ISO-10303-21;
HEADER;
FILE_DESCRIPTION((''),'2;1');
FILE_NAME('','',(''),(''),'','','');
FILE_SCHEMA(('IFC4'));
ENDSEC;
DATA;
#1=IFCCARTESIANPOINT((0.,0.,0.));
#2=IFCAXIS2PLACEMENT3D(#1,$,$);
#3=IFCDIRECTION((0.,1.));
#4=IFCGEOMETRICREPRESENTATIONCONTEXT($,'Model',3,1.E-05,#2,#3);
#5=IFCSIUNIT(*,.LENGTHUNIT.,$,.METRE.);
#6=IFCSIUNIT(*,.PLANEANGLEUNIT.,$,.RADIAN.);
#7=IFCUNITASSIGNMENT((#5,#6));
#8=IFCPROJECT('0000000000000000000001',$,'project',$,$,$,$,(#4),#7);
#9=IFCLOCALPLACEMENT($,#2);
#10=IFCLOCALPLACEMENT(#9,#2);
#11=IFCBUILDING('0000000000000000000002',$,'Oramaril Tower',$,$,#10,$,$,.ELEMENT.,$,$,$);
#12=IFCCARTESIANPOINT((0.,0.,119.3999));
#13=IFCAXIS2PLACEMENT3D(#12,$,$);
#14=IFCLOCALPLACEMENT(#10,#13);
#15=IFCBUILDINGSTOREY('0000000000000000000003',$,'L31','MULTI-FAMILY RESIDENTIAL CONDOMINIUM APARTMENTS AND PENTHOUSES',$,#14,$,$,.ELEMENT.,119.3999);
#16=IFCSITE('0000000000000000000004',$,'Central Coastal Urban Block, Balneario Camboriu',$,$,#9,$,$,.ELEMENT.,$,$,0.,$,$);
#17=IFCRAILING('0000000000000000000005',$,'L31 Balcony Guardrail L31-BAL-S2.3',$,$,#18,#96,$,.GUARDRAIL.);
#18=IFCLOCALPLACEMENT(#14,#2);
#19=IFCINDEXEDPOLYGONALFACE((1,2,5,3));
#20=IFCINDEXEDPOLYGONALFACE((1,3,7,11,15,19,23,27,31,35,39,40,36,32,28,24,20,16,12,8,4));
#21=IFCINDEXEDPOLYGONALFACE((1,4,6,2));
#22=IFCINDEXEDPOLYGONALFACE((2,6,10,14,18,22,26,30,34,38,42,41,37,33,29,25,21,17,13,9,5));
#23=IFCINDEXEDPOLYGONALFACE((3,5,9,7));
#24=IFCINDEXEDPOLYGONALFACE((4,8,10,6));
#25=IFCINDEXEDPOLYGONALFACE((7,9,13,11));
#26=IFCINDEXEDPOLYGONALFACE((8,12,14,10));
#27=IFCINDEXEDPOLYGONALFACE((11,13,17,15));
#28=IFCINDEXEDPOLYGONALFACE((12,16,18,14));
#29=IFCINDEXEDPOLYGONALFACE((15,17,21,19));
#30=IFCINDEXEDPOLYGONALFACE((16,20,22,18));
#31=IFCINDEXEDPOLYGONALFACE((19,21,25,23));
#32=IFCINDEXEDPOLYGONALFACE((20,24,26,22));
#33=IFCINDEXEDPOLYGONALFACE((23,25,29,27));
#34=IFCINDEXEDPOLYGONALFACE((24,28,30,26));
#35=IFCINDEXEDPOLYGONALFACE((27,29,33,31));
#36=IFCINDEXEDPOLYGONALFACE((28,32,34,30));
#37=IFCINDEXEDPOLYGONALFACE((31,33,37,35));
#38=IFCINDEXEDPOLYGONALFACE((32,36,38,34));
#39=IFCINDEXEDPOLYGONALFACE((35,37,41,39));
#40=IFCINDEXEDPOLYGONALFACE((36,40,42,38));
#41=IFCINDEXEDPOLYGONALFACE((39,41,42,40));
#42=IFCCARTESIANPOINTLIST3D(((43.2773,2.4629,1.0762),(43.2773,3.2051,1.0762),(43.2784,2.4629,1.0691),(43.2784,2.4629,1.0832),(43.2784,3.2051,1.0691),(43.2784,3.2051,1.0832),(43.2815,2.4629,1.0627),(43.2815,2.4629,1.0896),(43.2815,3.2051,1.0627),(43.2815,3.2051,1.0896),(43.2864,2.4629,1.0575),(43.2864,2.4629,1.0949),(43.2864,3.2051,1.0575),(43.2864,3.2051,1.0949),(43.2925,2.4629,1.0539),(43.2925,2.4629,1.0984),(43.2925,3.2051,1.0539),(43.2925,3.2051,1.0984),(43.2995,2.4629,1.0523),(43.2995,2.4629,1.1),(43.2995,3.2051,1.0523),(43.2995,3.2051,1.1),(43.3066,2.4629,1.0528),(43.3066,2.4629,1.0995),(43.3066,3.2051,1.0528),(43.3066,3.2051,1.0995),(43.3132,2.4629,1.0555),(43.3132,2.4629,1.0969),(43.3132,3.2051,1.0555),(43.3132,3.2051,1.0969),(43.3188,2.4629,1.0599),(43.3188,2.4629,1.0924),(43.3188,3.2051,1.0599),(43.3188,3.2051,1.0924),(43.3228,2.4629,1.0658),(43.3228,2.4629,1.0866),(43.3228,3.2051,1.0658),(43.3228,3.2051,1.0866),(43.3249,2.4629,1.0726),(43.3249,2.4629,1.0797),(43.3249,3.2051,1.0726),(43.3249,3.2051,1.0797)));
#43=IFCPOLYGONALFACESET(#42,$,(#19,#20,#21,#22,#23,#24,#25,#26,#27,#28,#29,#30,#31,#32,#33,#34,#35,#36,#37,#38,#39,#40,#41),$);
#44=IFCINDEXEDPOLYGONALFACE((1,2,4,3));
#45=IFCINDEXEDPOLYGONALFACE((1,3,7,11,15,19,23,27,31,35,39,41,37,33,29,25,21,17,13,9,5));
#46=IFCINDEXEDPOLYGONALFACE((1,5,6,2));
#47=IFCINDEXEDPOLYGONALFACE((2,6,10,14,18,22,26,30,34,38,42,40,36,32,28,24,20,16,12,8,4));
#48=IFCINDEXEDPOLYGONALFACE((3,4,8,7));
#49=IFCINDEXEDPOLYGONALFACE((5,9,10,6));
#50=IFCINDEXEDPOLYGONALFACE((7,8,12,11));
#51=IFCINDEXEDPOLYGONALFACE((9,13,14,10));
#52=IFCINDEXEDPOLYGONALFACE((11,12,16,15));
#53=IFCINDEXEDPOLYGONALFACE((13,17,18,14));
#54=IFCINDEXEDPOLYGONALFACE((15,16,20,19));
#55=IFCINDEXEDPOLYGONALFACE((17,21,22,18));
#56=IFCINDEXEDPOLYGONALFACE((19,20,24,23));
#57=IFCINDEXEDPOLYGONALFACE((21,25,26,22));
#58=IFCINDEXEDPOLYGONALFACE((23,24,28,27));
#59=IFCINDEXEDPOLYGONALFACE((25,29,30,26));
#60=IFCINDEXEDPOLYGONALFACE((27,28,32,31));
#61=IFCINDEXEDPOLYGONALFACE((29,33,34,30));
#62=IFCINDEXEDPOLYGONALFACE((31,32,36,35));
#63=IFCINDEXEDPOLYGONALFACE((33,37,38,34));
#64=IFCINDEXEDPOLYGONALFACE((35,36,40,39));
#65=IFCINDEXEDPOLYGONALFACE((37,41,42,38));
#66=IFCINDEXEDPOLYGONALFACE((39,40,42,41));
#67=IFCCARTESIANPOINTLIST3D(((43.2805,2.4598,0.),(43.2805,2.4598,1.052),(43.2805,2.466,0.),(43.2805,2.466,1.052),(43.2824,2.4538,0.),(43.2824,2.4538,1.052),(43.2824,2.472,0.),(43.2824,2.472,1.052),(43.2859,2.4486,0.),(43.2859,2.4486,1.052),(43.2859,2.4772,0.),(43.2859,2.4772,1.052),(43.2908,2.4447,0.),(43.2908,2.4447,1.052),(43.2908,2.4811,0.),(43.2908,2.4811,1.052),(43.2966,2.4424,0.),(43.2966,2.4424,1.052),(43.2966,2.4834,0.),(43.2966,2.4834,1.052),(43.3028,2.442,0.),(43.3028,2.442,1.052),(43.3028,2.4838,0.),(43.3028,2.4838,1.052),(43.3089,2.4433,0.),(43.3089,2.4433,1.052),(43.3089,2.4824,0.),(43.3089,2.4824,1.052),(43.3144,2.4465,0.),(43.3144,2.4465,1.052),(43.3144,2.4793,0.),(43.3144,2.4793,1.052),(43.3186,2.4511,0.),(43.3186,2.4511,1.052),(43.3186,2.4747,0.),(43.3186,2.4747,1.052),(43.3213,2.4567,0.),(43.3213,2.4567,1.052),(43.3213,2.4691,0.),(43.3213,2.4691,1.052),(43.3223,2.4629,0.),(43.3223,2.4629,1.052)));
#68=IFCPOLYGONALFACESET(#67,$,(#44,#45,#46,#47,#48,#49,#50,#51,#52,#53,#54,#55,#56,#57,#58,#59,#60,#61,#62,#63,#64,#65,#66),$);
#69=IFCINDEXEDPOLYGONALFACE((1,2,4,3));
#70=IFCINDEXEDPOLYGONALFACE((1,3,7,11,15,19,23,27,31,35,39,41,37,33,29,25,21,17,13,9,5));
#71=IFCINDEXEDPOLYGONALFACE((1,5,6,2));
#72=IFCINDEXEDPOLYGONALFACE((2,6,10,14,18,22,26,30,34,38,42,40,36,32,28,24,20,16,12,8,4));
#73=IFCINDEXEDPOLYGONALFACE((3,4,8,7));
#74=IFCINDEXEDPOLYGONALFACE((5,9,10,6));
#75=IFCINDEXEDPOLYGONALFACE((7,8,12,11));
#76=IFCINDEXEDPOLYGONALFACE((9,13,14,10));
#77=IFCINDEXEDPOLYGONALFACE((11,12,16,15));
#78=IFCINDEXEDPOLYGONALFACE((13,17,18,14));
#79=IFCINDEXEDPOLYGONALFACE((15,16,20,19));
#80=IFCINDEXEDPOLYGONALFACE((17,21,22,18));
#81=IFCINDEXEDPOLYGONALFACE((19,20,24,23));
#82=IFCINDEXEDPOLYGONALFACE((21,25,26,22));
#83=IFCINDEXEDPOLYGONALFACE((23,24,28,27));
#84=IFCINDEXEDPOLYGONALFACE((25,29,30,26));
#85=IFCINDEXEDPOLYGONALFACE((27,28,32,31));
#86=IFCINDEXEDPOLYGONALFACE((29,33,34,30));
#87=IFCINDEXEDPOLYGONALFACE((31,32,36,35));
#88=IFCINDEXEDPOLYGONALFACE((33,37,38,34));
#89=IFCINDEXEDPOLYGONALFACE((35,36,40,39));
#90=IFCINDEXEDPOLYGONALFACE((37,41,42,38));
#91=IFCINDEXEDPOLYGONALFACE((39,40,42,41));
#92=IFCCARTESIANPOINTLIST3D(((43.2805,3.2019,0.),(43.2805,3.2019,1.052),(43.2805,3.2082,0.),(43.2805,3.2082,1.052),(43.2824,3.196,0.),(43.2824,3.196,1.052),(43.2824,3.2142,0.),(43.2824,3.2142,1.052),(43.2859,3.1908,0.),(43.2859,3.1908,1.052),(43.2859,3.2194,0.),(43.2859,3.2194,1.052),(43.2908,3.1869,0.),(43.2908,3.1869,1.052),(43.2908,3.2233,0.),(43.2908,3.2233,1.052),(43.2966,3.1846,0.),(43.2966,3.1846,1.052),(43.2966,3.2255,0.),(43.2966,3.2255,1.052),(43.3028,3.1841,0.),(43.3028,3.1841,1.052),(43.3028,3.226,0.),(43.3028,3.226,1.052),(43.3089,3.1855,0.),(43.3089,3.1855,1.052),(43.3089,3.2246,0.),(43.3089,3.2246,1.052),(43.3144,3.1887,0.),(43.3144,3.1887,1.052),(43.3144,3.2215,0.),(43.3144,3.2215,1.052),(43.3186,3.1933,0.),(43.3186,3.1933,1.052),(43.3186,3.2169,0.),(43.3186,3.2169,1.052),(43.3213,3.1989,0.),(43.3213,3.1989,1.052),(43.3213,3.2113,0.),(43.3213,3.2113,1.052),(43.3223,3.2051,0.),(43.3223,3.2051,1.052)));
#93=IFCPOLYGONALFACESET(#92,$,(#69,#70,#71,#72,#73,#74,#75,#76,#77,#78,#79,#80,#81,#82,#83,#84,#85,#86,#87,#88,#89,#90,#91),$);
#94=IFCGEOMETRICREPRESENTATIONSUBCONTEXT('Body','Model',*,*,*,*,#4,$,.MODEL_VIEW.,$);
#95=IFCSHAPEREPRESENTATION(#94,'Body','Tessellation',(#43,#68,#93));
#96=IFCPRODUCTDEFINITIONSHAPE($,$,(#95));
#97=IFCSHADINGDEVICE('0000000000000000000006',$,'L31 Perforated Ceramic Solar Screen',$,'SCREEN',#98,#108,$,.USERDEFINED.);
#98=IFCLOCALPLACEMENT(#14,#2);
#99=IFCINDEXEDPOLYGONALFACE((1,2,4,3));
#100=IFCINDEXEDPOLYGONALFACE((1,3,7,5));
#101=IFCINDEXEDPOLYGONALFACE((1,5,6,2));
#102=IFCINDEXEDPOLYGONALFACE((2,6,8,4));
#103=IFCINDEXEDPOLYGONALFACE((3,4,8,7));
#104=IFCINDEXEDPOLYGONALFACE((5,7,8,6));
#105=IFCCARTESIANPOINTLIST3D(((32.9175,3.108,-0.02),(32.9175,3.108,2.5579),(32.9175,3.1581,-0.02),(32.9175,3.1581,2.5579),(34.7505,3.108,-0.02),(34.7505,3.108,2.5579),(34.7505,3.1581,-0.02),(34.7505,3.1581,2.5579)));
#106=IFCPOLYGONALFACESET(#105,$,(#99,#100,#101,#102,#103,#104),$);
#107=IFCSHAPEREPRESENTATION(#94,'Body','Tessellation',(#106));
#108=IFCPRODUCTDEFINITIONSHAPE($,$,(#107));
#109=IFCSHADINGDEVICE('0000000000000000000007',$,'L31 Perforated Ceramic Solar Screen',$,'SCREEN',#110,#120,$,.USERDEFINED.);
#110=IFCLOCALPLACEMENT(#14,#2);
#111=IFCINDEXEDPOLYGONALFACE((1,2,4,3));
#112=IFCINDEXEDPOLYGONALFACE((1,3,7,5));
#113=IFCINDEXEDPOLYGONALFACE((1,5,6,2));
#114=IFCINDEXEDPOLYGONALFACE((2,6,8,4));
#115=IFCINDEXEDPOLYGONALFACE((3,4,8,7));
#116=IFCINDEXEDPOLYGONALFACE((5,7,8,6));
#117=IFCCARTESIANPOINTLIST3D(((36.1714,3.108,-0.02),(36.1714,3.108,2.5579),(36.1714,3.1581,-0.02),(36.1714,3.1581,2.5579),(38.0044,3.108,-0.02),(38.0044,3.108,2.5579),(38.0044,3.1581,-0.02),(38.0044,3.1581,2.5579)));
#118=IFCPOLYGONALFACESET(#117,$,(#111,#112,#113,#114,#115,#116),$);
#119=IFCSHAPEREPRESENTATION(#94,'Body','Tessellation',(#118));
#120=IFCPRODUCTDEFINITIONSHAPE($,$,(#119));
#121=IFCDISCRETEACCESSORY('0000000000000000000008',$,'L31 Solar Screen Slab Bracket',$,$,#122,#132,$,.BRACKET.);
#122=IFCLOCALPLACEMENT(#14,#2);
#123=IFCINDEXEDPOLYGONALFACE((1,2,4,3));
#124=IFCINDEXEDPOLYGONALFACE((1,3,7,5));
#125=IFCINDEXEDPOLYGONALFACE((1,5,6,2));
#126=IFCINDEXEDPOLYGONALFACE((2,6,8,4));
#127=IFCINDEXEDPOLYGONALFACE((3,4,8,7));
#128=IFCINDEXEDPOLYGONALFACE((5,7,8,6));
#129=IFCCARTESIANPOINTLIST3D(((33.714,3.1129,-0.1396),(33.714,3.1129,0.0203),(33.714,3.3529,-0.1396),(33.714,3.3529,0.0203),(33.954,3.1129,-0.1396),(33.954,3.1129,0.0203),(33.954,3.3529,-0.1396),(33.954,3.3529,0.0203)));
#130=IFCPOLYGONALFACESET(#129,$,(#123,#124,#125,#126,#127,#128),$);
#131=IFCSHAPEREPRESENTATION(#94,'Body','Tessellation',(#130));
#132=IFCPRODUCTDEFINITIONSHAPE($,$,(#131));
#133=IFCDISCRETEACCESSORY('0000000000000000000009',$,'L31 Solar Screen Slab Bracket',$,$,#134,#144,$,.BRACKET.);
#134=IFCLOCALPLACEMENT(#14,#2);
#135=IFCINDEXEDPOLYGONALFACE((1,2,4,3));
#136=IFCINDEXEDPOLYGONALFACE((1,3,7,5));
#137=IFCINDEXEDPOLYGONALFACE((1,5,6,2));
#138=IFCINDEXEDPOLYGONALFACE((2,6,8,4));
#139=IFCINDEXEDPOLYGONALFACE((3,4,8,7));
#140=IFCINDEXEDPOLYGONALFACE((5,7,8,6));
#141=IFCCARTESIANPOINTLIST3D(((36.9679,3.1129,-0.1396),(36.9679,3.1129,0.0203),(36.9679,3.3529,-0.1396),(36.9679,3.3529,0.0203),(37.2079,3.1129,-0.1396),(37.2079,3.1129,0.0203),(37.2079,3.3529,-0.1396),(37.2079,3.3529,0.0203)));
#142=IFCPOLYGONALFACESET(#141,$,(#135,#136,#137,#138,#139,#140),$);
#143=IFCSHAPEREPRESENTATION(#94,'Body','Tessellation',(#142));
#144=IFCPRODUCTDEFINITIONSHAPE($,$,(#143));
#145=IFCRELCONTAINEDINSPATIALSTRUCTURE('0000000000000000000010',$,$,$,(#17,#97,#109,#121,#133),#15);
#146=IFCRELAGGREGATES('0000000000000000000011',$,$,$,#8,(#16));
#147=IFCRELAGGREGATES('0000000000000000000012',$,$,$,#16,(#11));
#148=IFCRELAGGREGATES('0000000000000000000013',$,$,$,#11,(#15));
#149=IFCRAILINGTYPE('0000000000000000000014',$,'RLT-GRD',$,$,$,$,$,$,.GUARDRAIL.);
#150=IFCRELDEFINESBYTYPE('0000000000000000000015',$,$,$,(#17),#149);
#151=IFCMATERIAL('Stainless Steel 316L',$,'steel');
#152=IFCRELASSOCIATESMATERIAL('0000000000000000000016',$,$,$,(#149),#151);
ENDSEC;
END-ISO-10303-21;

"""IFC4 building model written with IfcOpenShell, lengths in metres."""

from ifc_helpers import new_model, si_unit, direction, frame, origin, origin_2d, place, context, subcontext, project, spatial, rectangle, circle, extrude, material, type_object, element, save


model = new_model("IFC4")

# Units and contexts
model_context = context("Model", 3, precision=1e-05, world=origin(), true_north=direction((0.0, 1.0)))
body_context = subcontext(model_context, "Body", "Model", "MODEL_VIEW")
ifc_project = project(units=[si_unit("LENGTHUNIT", "METRE"), si_unit("PLANEANGLEUNIT", "RADIAN")], contexts=[model_context])

# Site, building, storey
site_placement = place(None, origin())
site = spatial("IfcSite", under=ifc_project, at=site_placement, Name="Central Coastal Urban Block, Balneario Camboriu", CompositionType="ELEMENT", RefElevation=0.0)
building_placement = place(site_placement, origin())
building = spatial("IfcBuilding", under=site, at=building_placement, Name="Oramaril Tower", CompositionType="ELEMENT")
storey_placement = place(building_placement, frame((0.0, 0.0, 119.3999)))
storey = spatial("IfcBuildingStorey", under=building, at=storey_placement, Name="L31", Description="MULTI-FAMILY RESIDENTIAL CONDOMINIUM APARTMENTS AND PENTHOUSES", CompositionType="ELEMENT", Elevation=119.3999)

# Railing
ifc_material_1 = material(Name="Stainless Steel 316L", Category="steel")
railing_type = type_object("IfcRailingType", Name="RLT-GRD", PredefinedType="GUARDRAIL", material=ifc_material_1)
railing_placement = place(storey_placement, frame((43.3013, 2.4629, 0.0)))
element("IfcRailing", 1, at=railing_placement, inside=storey, type_object=railing_type, Name="L31 Balcony Guardrail L31-BAL-S2.3", PredefinedType="GUARDRAIL", context=body_context, shape_type="SweptSolid", body=[
    extrude(circle(Radius=0.0239, at=origin_2d()), frame((0.0, 0.0, 1.0762), z_axis=(0.0, 1.0, 0.0), x_axis=(-1.0, 0.0, 0.0)), (0.0, 0.0, 1.0), 0.7422),
    extrude(circle(Radius=0.021, at=origin_2d()), origin(), (0.0, 0.0, 1.0), 1.052),
    extrude(circle(Radius=0.021, at=origin_2d()), frame((0.0, 0.7422, 0.0)), (0.0, 0.0, 1.0), 1.052),
])

# Shading devices
for number, where, z_axis, x_axis, name in (
    (2, (33.834, 3.1331, -0.02), (0.0, 0.0, 1.0), (1.0, 0.0, 0.0), "L31 Perforated Ceramic Solar Screen"),
    (3, (37.0879, 3.1331, -0.02), (0.0, 0.0, 1.0), (1.0, 0.0, 0.0), "L31 Perforated Ceramic Solar Screen"),
):
    element("IfcShadingDevice", number, at=place(storey_placement, frame(where, z_axis=z_axis, x_axis=x_axis)), inside=storey, Name=name, ObjectType="SCREEN", PredefinedType="USERDEFINED", context=body_context, shape_type="SweptSolid", body=[
        extrude(rectangle(XDim=1.833, YDim=0.05, at=origin_2d()), origin(), (0.0, 0.0, 1.0), 2.5779),
    ])

# Discrete accessories
for number, where, z_axis, x_axis, name in (
    (4, (33.834, 3.2329, -0.1396), (0.0, 0.0, 1.0), (1.0, 0.0, 0.0), "L31 Solar Screen Slab Bracket"),
    (5, (37.0879, 3.2329, -0.1396), (0.0, 0.0, 1.0), (1.0, 0.0, 0.0), "L31 Solar Screen Slab Bracket"),
):
    element("IfcDiscreteAccessory", number, at=place(storey_placement, frame(where, z_axis=z_axis, x_axis=x_axis)), inside=storey, Name=name, PredefinedType="BRACKET", context=body_context, shape_type="SweptSolid", body=[
        extrude(rectangle(XDim=0.24, YDim=0.24, at=origin_2d()), origin(), (0.0, 0.0, 1.0), 0.1599),
    ])

save(model, "model.ifc")
